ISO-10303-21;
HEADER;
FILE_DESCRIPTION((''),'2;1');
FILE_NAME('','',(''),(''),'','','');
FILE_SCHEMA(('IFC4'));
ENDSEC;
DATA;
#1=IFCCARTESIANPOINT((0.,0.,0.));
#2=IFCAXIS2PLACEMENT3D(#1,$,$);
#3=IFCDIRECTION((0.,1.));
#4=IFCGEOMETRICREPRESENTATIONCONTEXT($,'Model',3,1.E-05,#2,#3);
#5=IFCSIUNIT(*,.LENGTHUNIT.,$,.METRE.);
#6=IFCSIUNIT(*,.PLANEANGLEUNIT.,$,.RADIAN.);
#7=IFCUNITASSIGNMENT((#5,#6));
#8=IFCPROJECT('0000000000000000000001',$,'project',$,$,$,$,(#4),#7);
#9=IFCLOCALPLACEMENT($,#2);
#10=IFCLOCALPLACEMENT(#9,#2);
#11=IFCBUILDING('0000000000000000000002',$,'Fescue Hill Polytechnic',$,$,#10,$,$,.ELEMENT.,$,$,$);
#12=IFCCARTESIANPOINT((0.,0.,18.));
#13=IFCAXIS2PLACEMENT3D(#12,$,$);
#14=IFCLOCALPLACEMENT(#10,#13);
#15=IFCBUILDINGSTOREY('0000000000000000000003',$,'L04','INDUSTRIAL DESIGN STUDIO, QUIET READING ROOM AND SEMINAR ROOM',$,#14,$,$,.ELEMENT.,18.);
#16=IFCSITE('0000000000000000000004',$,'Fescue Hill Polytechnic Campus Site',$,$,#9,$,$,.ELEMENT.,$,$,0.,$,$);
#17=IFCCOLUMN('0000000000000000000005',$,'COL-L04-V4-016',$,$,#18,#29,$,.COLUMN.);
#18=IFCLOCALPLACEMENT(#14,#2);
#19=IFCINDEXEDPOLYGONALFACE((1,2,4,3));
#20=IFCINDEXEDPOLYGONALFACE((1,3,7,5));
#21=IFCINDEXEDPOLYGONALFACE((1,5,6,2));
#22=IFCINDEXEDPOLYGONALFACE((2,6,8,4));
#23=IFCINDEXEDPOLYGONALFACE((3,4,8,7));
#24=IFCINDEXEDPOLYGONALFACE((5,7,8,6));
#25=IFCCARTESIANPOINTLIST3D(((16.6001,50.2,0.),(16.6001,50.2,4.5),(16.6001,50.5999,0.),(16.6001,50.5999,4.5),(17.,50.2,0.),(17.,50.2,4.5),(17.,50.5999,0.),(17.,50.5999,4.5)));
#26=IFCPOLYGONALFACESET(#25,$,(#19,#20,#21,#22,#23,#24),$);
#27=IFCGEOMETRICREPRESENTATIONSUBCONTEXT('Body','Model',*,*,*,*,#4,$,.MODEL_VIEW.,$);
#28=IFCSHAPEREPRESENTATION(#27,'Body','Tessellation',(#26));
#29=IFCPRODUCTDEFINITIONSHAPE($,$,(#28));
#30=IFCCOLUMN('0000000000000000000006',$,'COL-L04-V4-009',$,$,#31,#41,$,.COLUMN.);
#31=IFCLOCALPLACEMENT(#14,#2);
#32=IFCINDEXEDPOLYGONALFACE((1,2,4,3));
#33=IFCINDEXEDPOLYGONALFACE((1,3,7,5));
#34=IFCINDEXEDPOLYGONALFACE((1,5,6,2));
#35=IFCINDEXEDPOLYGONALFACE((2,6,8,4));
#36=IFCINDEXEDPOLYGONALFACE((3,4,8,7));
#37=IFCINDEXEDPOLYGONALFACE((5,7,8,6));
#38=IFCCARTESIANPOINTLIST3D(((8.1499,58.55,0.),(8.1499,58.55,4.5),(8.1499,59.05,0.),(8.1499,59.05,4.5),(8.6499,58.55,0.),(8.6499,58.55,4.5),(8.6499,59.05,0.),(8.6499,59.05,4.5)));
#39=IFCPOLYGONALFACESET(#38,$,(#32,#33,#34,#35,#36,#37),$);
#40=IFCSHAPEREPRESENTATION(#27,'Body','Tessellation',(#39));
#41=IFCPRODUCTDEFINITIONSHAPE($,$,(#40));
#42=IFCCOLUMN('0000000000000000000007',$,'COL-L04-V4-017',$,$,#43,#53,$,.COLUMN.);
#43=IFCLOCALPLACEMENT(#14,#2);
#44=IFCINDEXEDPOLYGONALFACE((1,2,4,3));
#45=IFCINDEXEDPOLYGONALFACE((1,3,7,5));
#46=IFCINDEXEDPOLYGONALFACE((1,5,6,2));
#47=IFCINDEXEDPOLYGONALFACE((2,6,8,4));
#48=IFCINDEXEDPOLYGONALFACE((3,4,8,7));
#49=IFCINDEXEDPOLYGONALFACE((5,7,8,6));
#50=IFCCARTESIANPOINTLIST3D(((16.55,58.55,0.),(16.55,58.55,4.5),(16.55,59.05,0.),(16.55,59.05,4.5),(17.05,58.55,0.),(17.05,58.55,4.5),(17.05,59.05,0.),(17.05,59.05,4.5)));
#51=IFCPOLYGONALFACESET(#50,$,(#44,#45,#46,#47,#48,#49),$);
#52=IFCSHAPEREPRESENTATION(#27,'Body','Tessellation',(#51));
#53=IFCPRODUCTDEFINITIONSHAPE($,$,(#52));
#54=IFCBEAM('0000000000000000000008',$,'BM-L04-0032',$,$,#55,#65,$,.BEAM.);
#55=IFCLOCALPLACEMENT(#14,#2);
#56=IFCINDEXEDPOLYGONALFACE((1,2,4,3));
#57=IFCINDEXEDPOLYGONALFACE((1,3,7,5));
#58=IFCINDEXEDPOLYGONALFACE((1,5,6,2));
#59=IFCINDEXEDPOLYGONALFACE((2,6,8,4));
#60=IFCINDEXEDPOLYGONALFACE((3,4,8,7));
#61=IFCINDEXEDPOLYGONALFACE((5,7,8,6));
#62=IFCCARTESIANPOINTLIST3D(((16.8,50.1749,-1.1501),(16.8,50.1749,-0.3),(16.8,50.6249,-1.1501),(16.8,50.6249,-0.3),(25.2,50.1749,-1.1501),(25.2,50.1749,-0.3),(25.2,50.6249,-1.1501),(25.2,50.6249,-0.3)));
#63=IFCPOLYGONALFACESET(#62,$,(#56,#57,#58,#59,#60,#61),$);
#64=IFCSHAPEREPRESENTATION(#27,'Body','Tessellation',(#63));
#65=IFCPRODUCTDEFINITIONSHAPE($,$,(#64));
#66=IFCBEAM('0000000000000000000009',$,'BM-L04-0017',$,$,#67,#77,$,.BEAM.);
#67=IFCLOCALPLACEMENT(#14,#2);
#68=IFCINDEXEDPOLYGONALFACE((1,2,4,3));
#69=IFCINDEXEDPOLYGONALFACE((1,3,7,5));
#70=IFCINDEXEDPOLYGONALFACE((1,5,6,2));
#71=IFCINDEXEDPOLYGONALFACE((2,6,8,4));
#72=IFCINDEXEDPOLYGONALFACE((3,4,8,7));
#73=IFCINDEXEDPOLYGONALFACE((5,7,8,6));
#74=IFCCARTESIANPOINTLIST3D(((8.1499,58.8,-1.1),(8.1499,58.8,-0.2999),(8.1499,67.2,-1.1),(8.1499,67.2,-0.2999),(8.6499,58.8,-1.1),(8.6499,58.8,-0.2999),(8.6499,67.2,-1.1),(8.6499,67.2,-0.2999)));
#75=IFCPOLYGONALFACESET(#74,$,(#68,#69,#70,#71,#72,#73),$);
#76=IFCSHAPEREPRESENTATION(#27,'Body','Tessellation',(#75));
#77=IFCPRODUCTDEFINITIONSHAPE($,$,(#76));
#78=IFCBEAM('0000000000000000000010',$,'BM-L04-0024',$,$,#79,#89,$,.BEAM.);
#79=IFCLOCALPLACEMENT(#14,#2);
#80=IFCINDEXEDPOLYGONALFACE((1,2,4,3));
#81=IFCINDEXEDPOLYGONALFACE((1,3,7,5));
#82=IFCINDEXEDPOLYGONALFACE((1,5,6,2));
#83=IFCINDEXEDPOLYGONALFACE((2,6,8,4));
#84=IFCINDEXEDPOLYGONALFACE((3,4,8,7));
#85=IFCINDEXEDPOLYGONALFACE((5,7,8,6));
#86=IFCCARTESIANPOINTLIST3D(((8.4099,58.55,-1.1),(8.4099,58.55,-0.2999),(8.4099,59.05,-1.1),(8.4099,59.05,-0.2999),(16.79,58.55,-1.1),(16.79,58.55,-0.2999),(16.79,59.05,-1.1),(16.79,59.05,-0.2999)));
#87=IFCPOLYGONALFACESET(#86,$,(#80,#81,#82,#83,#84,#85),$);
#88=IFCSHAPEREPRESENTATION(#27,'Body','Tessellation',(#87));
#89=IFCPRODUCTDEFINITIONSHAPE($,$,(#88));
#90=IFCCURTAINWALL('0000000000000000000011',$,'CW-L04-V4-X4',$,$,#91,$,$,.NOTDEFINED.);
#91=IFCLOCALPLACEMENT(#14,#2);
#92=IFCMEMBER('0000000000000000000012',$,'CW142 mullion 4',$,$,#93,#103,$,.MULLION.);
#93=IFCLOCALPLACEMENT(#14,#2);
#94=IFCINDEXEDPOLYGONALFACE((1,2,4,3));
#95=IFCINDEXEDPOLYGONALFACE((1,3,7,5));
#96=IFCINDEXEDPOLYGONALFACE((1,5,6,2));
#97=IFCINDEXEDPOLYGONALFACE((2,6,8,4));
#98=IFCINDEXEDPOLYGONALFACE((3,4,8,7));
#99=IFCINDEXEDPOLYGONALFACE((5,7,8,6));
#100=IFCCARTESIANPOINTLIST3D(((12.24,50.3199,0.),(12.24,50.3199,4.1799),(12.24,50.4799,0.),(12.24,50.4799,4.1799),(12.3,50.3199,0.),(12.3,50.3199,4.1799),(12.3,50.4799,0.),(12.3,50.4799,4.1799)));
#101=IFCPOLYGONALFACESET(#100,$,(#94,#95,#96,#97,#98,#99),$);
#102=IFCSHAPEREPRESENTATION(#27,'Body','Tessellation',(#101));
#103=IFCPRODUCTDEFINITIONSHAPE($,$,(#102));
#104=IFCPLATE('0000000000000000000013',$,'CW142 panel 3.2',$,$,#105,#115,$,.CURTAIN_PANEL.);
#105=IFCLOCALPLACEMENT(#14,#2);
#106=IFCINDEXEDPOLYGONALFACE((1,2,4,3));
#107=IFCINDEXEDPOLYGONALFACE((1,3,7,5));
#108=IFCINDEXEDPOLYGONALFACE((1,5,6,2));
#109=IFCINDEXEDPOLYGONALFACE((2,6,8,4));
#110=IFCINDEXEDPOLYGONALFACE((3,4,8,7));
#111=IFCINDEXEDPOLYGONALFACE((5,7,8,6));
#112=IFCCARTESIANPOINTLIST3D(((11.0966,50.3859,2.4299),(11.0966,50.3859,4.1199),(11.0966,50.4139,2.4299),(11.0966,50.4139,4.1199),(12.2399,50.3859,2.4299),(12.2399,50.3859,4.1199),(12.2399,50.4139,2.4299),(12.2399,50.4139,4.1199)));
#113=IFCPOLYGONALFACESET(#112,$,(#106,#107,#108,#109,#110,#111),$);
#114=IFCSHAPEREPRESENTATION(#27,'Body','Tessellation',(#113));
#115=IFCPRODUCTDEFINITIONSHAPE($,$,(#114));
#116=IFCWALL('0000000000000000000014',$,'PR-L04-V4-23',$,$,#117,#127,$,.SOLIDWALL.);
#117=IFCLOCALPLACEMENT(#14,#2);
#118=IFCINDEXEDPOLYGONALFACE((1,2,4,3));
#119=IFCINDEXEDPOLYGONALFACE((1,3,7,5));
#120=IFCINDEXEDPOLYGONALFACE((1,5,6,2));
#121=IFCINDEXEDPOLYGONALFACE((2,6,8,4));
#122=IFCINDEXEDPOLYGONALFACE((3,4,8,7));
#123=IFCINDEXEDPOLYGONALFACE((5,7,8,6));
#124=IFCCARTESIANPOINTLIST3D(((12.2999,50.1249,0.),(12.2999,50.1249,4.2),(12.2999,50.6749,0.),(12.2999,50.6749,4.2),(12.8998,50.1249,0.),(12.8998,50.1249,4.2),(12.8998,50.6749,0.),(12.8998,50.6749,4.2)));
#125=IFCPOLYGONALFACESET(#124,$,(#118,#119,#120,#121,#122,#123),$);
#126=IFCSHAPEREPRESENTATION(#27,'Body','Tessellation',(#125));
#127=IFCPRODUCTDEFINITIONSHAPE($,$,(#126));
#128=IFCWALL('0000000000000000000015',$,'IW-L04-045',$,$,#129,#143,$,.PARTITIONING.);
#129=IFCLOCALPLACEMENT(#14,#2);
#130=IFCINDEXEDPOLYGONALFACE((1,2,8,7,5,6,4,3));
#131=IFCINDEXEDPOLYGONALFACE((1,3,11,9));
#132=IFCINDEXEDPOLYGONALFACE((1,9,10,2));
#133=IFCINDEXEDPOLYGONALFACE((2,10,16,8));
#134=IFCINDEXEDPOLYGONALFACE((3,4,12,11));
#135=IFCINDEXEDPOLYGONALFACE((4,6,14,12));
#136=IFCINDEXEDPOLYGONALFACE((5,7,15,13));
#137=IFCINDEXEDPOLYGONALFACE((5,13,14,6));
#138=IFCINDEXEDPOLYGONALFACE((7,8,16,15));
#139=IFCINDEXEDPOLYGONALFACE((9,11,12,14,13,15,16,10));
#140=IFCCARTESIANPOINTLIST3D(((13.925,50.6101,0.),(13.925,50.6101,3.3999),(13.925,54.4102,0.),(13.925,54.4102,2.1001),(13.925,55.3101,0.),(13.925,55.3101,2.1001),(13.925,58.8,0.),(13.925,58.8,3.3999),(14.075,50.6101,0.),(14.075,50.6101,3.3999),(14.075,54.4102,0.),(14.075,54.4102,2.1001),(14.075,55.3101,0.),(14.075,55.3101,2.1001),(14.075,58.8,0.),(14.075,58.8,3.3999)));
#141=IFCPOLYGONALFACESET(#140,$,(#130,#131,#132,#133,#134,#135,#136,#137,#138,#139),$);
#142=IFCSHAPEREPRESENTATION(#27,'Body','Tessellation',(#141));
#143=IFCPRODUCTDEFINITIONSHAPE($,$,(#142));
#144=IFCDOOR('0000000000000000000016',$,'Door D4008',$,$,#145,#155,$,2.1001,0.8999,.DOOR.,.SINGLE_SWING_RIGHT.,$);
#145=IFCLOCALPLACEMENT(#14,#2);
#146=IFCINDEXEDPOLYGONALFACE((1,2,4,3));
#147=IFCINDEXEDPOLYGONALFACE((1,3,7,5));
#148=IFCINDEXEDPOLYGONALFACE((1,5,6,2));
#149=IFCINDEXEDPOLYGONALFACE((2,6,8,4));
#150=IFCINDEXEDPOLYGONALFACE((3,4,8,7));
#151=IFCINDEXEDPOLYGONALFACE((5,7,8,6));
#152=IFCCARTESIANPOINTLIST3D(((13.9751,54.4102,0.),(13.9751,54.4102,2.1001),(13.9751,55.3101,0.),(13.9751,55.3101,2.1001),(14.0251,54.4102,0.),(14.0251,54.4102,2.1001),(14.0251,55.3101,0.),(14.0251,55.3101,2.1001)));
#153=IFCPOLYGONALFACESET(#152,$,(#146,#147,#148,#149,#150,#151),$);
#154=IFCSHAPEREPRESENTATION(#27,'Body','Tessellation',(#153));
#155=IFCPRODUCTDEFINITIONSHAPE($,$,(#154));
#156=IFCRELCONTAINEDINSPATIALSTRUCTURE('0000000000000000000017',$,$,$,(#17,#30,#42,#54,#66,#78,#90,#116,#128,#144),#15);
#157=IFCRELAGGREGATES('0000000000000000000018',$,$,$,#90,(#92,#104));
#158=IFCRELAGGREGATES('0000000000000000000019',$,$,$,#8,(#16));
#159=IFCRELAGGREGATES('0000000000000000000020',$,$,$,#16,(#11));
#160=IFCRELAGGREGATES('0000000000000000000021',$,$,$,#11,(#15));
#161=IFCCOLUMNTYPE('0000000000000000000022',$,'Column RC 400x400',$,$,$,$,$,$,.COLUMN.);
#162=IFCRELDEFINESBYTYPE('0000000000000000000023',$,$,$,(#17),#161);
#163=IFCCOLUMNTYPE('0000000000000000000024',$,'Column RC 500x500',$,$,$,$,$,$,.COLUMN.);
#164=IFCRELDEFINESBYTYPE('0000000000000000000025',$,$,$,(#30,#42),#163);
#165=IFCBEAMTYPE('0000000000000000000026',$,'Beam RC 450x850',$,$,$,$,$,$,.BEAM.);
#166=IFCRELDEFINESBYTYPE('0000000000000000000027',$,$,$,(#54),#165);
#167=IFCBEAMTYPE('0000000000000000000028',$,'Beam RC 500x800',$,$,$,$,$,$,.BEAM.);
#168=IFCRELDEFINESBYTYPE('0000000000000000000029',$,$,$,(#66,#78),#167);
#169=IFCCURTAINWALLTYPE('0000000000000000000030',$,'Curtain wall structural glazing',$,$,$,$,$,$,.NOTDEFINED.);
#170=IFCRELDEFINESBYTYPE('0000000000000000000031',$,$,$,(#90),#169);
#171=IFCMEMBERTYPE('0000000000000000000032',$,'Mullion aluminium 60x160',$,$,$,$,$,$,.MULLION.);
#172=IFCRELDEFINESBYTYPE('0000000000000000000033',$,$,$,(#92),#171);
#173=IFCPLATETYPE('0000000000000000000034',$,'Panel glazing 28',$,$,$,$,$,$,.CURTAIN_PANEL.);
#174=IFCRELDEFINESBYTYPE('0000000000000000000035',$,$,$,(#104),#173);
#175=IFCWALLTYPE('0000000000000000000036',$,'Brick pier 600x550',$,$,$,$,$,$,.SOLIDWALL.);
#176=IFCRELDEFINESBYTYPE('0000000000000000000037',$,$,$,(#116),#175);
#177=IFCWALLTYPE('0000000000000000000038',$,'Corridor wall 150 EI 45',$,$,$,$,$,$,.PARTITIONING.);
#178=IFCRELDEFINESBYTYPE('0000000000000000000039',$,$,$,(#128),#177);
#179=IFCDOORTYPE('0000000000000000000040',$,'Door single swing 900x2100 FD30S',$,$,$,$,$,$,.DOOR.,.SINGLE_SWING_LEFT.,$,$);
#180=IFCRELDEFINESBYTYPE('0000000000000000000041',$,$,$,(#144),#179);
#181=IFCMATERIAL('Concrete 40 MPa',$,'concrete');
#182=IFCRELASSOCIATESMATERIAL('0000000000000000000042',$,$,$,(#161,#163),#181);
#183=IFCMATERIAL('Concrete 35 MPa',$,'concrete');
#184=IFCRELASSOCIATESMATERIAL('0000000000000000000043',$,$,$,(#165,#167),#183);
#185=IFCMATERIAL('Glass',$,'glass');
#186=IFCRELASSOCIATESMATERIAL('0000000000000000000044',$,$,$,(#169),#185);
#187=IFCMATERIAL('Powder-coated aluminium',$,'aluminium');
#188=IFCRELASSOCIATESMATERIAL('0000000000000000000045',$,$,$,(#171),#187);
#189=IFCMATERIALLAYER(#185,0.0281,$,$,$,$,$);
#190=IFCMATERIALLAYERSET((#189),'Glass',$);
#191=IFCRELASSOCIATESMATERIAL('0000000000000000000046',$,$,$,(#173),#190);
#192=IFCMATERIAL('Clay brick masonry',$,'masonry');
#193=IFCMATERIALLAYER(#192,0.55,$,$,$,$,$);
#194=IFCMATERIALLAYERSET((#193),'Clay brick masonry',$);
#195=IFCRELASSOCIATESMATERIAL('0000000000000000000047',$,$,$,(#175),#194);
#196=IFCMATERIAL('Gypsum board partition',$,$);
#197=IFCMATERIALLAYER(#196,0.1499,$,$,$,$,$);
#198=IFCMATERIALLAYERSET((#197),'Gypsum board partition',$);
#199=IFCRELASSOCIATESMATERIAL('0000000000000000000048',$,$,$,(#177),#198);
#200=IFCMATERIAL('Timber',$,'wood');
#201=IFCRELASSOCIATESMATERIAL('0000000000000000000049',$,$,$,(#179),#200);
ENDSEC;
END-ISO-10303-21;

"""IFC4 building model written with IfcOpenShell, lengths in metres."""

from ifc_helpers import new_model, si_unit, direction, frame, frame_2d, origin, origin_2d, place, context, subcontext, project, spatial, rectangle, extrude, material, layer, layer_set, material_profile, profile_set, type_object, element, fill, aggregate, save


model = new_model("IFC4")

# Units and contexts
model_context = context("Model", 3, precision=1e-05, world=origin(), true_north=direction((0.0, 1.0)))
body_context = subcontext(model_context, "Body", "Model", "MODEL_VIEW")
ifc_project = project(units=[si_unit("LENGTHUNIT", "METRE"), si_unit("PLANEANGLEUNIT", "RADIAN")], contexts=[model_context])

# Site, building, storey
site_placement = place(None, origin())
site = spatial("IfcSite", under=ifc_project, at=site_placement, Name="Fescue Hill Polytechnic Campus Site", CompositionType="ELEMENT", RefElevation=0.0)
building_placement = place(site_placement, origin())
building = spatial("IfcBuilding", under=site, at=building_placement, Name="Fescue Hill Polytechnic", CompositionType="ELEMENT")
storey_placement = place(building_placement, frame((0.0, 0.0, 18.0)))
storey = spatial("IfcBuildingStorey", under=building, at=storey_placement, Name="L04", Description="INDUSTRIAL DESIGN STUDIO, QUIET READING ROOM AND SEMINAR ROOM", CompositionType="ELEMENT", Elevation=18.0)

# Columns
ifc_material_1 = material(Name="Concrete 40 MPa", Category="concrete")
ifc_material_profile_1 = material_profile(ifc_material_1, rectangle(XDim=0.3999, YDim=0.3999, at=origin_2d()), Name="RC 400x400")
ifc_profile_set_1 = profile_set([ifc_material_profile_1], Name="Concrete 40 MPa")
column_type_1 = type_object("IfcColumnType", Name="Column RC 400x400", PredefinedType="COLUMN", material=ifc_profile_set_1)
column_placement = place(storey_placement, frame((16.8, 50.3999, 0.0), z_axis=(0.0, 0.0, 1.0), x_axis=(1.0, 0.0, 0.0)))
element("IfcColumn", 1, at=column_placement, inside=storey, type_object=column_type_1, Name="COL-L04-V4-016", PredefinedType="COLUMN", context=body_context, shape_type="SweptSolid", body=[
    extrude(rectangle(XDim=0.3999, YDim=0.3999, at=origin_2d()), origin(), (0.0, 0.0, 1.0), 4.5),
])
ifc_material_profile_2 = material_profile(ifc_material_1, rectangle(XDim=0.5, YDim=0.5, at=origin_2d()), Name="RC 500x500")
ifc_profile_set_2 = profile_set([ifc_material_profile_2], Name="Concrete 40 MPa")
column_type_2 = type_object("IfcColumnType", Name="Column RC 500x500", PredefinedType="COLUMN", material=ifc_profile_set_2)
for number, where, z_axis, x_axis, name in (
    (2, (8.3999, 58.8, 0.0), (0.0, 0.0, 1.0), (1.0, 0.0, 0.0), "COL-L04-V4-009"),
    (3, (16.8, 58.8, 0.0), (0.0, 0.0, 1.0), (1.0, 0.0, 0.0), "COL-L04-V4-017"),
):
    element("IfcColumn", number, at=place(storey_placement, frame(where, z_axis=z_axis, x_axis=x_axis)), inside=storey, type_object=column_type_2, Name=name, PredefinedType="COLUMN", context=body_context, shape_type="SweptSolid", body=[
        extrude(rectangle(XDim=0.5, YDim=0.5, at=origin_2d()), origin(), (0.0, 0.0, 1.0), 4.5),
    ])

# Beams
ifc_material_2 = material(Name="Concrete 35 MPa", Category="concrete")
ifc_material_profile_3 = material_profile(ifc_material_2, rectangle(XDim=0.45, YDim=0.8501, at=origin_2d()), Name="RC 450x850")
ifc_profile_set_3 = profile_set([ifc_material_profile_3], Name="Concrete 35 MPa")
beam_type_1 = type_object("IfcBeamType", Name="Beam RC 450x850", PredefinedType="BEAM", material=ifc_profile_set_3)
beam_1_placement = place(storey_placement, frame((16.8, 50.3999, -0.7251), z_axis=(1.0, 0.0, 0.0), x_axis=(0.0, 1.0, 0.0)))
element("IfcBeam", 4, at=beam_1_placement, inside=storey, type_object=beam_type_1, Name="BM-L04-0032", PredefinedType="BEAM", context=body_context, shape_type="SweptSolid", body=[
    extrude(rectangle(XDim=0.45, YDim=0.8501, at=origin_2d()), origin(), (0.0, 0.0, 1.0), 8.3999),
])
ifc_material_profile_4 = material_profile(ifc_material_2, rectangle(XDim=0.5, YDim=0.8, at=origin_2d()), Name="RC 500x800")
ifc_profile_set_4 = profile_set([ifc_material_profile_4], Name="Concrete 35 MPa")
beam_type_2 = type_object("IfcBeamType", Name="Beam RC 500x800", PredefinedType="BEAM", material=ifc_profile_set_4)
beam_2_placement = place(storey_placement, frame((8.3999, 58.8, -0.7), z_axis=(0.0, 1.0, 0.0), x_axis=(-1.0, 0.0, 0.0)))
element("IfcBeam", 5, at=beam_2_placement, inside=storey, type_object=beam_type_2, Name="BM-L04-0017", PredefinedType="BEAM", context=body_context, shape_type="SweptSolid", body=[
    extrude(rectangle(XDim=0.5, YDim=0.8, at=origin_2d()), origin(), (0.0, 0.0, 1.0), 8.3999),
])
beam_3_placement = place(storey_placement, frame((8.4099, 58.8, -0.7), z_axis=(1.0, 0.0, 0.0), x_axis=(0.0, 1.0, 0.0)))
element("IfcBeam", 6, at=beam_3_placement, inside=storey, type_object=beam_type_2, Name="BM-L04-0024", PredefinedType="BEAM", context=body_context, shape_type="SweptSolid", body=[
    extrude(rectangle(XDim=0.5, YDim=0.8, at=origin_2d()), origin(), (0.0, 0.0, 1.0), 8.3801),
])

# Curtain wall, member, plate
ifc_material_3 = material(Name="Glass", Category="glass")
curtain_wall_type = type_object("IfcCurtainWallType", Name="Curtain wall structural glazing", PredefinedType="NOTDEFINED", material=ifc_material_3)
curtain_wall_placement = place(storey_placement, origin())
curtain_wall = element("IfcCurtainWall", 7, at=curtain_wall_placement, inside=storey, type_object=curtain_wall_type, Name="CW-L04-V4-X4", PredefinedType="NOTDEFINED")
ifc_material_4 = material(Name="Powder-coated aluminium", Category="aluminium")
ifc_material_profile_5 = material_profile(ifc_material_4, rectangle(XDim=0.1599, YDim=0.0601, at=origin_2d()), Name="Mullion aluminium 60x160")
ifc_profile_set_5 = profile_set([ifc_material_profile_5], Name="Powder-coated aluminium")
member_type = type_object("IfcMemberType", Name="Mullion aluminium 60x160", PredefinedType="MULLION", material=ifc_profile_set_5)
member_placement = place(storey_placement, frame((12.27, 50.3999, 0.0), z_axis=(0.0, 0.0, 1.0), x_axis=(0.0, 1.0, 0.0)))
member = element("IfcMember", 8, at=member_placement, type_object=member_type, Name="CW142 mullion 4", PredefinedType="MULLION", context=body_context, shape_type="SweptSolid", body=[
    extrude(rectangle(XDim=0.1599, YDim=0.0601, at=origin_2d()), origin(), (0.0, 0.0, 1.0), 4.1799),
])
ifc_layer_1 = layer(ifc_material_3, 0.0281)
ifc_layer_set_1 = layer_set([ifc_layer_1], Name="Glass")
plate_type = type_object("IfcPlateType", Name="Panel glazing 28", PredefinedType="CURTAIN_PANEL", material=ifc_layer_set_1)
plate_placement = place(storey_placement, frame((11.6682, 50.3999, 2.4299), z_axis=(0.0, 0.0, 1.0), x_axis=(1.0, 0.0, 0.0)))
plate = element("IfcPlate", 9, at=plate_placement, type_object=plate_type, Name="CW142 panel 3.2", PredefinedType="CURTAIN_PANEL", context=body_context, shape_type="SweptSolid", body=[
    extrude(rectangle(XDim=1.1433, YDim=0.0281, at=origin_2d()), origin(), (0.0, 0.0, 1.0), 1.6899),
])
aggregate(curtain_wall, [member, plate])

# Wall
ifc_material_5 = material(Name="Clay brick masonry", Category="masonry")
ifc_layer_2 = layer(ifc_material_5, 0.55)
ifc_layer_set_2 = layer_set([ifc_layer_2], Name="Clay brick masonry")
wall_type_1 = type_object("IfcWallType", Name="Brick pier 600x550", PredefinedType="SOLIDWALL", material=ifc_layer_set_2)
wall_1_placement = place(storey_placement, frame((12.3, 50.3999, 0.0), z_axis=(0.0, 0.0, 1.0), x_axis=(1.0, 0.0, 0.0)))
element("IfcWall", 10, at=wall_1_placement, inside=storey, type_object=wall_type_1, Name="PR-L04-V4-23", PredefinedType="SOLIDWALL", context=body_context, shape_type="SweptSolid", body=[
    extrude(rectangle(XDim=0.5999, YDim=0.55, at=frame_2d((0.2998, 0.0))), origin(), (0.0, 0.0, 1.0), 4.2),
])

# Wall, opening, door
ifc_material_6 = material(Name="Gypsum board partition")
ifc_layer_3 = layer(ifc_material_6, 0.1499)
ifc_layer_set_3 = layer_set([ifc_layer_3], Name="Gypsum board partition")
wall_type_2 = type_object("IfcWallType", Name="Corridor wall 150 EI 45", PredefinedType="PARTITIONING", material=ifc_layer_set_3)
wall_2_placement = place(storey_placement, frame((14.0, 50.6101, 0.0), z_axis=(0.0, 0.0, 1.0), x_axis=(0.0, 1.0, 0.0)))
wall_2 = element("IfcWall", 11, at=wall_2_placement, inside=storey, type_object=wall_type_2, Name="IW-L04-045", PredefinedType="PARTITIONING", context=body_context, shape_type="SweptSolid", body=[
    extrude(rectangle(XDim=8.1899, YDim=0.1499, at=frame_2d((4.095, 0.0))), origin(), (0.0, 0.0, 1.0), 3.3999),
])
opening_1_placement = place(wall_2_placement, frame((3.8, 0.0, 0.0)))
opening_1 = element("IfcOpeningElement", 12, at=opening_1_placement, cuts=wall_2, PredefinedType="OPENING", context=body_context, shape_type="SweptSolid", body=[
    extrude(rectangle(XDim=0.8999, YDim=2.1001, at=frame_2d((0.45, 1.05))), frame((0.0, 0.085, 0.0), z_axis=(0.0, -1.0, 0.0), x_axis=(1.0, 0.0, 0.0)), (0.0, 0.0, 1.0), 0.1699),
])
ifc_material_7 = material(Name="Timber", Category="wood")
door_type_1 = type_object("IfcDoorType", Name="Door single swing 900x2100 FD30S", OperationType="SINGLE_SWING_LEFT", PredefinedType="DOOR", material=ifc_material_7)
door_1_placement = place(opening_1_placement, origin())
door_1 = element("IfcDoor", 13, at=door_1_placement, inside=storey, type_object=door_type_1, Name="Door D4008", OperationType="SINGLE_SWING_RIGHT", OverallHeight=2.1001, OverallWidth=0.8999, PredefinedType="DOOR", context=body_context, shape_type="SweptSolid", body=[
    extrude(rectangle(XDim=0.8999, YDim=2.1001, at=frame_2d((0.45, 1.05))), frame((0.0, 0.0249, 0.0), z_axis=(0.0, -1.0, 0.0), x_axis=(1.0, 0.0, 0.0)), (0.0, 0.0, 1.0), 0.05),
])
fill(opening_1, door_1)

save(model, "model.ifc")
